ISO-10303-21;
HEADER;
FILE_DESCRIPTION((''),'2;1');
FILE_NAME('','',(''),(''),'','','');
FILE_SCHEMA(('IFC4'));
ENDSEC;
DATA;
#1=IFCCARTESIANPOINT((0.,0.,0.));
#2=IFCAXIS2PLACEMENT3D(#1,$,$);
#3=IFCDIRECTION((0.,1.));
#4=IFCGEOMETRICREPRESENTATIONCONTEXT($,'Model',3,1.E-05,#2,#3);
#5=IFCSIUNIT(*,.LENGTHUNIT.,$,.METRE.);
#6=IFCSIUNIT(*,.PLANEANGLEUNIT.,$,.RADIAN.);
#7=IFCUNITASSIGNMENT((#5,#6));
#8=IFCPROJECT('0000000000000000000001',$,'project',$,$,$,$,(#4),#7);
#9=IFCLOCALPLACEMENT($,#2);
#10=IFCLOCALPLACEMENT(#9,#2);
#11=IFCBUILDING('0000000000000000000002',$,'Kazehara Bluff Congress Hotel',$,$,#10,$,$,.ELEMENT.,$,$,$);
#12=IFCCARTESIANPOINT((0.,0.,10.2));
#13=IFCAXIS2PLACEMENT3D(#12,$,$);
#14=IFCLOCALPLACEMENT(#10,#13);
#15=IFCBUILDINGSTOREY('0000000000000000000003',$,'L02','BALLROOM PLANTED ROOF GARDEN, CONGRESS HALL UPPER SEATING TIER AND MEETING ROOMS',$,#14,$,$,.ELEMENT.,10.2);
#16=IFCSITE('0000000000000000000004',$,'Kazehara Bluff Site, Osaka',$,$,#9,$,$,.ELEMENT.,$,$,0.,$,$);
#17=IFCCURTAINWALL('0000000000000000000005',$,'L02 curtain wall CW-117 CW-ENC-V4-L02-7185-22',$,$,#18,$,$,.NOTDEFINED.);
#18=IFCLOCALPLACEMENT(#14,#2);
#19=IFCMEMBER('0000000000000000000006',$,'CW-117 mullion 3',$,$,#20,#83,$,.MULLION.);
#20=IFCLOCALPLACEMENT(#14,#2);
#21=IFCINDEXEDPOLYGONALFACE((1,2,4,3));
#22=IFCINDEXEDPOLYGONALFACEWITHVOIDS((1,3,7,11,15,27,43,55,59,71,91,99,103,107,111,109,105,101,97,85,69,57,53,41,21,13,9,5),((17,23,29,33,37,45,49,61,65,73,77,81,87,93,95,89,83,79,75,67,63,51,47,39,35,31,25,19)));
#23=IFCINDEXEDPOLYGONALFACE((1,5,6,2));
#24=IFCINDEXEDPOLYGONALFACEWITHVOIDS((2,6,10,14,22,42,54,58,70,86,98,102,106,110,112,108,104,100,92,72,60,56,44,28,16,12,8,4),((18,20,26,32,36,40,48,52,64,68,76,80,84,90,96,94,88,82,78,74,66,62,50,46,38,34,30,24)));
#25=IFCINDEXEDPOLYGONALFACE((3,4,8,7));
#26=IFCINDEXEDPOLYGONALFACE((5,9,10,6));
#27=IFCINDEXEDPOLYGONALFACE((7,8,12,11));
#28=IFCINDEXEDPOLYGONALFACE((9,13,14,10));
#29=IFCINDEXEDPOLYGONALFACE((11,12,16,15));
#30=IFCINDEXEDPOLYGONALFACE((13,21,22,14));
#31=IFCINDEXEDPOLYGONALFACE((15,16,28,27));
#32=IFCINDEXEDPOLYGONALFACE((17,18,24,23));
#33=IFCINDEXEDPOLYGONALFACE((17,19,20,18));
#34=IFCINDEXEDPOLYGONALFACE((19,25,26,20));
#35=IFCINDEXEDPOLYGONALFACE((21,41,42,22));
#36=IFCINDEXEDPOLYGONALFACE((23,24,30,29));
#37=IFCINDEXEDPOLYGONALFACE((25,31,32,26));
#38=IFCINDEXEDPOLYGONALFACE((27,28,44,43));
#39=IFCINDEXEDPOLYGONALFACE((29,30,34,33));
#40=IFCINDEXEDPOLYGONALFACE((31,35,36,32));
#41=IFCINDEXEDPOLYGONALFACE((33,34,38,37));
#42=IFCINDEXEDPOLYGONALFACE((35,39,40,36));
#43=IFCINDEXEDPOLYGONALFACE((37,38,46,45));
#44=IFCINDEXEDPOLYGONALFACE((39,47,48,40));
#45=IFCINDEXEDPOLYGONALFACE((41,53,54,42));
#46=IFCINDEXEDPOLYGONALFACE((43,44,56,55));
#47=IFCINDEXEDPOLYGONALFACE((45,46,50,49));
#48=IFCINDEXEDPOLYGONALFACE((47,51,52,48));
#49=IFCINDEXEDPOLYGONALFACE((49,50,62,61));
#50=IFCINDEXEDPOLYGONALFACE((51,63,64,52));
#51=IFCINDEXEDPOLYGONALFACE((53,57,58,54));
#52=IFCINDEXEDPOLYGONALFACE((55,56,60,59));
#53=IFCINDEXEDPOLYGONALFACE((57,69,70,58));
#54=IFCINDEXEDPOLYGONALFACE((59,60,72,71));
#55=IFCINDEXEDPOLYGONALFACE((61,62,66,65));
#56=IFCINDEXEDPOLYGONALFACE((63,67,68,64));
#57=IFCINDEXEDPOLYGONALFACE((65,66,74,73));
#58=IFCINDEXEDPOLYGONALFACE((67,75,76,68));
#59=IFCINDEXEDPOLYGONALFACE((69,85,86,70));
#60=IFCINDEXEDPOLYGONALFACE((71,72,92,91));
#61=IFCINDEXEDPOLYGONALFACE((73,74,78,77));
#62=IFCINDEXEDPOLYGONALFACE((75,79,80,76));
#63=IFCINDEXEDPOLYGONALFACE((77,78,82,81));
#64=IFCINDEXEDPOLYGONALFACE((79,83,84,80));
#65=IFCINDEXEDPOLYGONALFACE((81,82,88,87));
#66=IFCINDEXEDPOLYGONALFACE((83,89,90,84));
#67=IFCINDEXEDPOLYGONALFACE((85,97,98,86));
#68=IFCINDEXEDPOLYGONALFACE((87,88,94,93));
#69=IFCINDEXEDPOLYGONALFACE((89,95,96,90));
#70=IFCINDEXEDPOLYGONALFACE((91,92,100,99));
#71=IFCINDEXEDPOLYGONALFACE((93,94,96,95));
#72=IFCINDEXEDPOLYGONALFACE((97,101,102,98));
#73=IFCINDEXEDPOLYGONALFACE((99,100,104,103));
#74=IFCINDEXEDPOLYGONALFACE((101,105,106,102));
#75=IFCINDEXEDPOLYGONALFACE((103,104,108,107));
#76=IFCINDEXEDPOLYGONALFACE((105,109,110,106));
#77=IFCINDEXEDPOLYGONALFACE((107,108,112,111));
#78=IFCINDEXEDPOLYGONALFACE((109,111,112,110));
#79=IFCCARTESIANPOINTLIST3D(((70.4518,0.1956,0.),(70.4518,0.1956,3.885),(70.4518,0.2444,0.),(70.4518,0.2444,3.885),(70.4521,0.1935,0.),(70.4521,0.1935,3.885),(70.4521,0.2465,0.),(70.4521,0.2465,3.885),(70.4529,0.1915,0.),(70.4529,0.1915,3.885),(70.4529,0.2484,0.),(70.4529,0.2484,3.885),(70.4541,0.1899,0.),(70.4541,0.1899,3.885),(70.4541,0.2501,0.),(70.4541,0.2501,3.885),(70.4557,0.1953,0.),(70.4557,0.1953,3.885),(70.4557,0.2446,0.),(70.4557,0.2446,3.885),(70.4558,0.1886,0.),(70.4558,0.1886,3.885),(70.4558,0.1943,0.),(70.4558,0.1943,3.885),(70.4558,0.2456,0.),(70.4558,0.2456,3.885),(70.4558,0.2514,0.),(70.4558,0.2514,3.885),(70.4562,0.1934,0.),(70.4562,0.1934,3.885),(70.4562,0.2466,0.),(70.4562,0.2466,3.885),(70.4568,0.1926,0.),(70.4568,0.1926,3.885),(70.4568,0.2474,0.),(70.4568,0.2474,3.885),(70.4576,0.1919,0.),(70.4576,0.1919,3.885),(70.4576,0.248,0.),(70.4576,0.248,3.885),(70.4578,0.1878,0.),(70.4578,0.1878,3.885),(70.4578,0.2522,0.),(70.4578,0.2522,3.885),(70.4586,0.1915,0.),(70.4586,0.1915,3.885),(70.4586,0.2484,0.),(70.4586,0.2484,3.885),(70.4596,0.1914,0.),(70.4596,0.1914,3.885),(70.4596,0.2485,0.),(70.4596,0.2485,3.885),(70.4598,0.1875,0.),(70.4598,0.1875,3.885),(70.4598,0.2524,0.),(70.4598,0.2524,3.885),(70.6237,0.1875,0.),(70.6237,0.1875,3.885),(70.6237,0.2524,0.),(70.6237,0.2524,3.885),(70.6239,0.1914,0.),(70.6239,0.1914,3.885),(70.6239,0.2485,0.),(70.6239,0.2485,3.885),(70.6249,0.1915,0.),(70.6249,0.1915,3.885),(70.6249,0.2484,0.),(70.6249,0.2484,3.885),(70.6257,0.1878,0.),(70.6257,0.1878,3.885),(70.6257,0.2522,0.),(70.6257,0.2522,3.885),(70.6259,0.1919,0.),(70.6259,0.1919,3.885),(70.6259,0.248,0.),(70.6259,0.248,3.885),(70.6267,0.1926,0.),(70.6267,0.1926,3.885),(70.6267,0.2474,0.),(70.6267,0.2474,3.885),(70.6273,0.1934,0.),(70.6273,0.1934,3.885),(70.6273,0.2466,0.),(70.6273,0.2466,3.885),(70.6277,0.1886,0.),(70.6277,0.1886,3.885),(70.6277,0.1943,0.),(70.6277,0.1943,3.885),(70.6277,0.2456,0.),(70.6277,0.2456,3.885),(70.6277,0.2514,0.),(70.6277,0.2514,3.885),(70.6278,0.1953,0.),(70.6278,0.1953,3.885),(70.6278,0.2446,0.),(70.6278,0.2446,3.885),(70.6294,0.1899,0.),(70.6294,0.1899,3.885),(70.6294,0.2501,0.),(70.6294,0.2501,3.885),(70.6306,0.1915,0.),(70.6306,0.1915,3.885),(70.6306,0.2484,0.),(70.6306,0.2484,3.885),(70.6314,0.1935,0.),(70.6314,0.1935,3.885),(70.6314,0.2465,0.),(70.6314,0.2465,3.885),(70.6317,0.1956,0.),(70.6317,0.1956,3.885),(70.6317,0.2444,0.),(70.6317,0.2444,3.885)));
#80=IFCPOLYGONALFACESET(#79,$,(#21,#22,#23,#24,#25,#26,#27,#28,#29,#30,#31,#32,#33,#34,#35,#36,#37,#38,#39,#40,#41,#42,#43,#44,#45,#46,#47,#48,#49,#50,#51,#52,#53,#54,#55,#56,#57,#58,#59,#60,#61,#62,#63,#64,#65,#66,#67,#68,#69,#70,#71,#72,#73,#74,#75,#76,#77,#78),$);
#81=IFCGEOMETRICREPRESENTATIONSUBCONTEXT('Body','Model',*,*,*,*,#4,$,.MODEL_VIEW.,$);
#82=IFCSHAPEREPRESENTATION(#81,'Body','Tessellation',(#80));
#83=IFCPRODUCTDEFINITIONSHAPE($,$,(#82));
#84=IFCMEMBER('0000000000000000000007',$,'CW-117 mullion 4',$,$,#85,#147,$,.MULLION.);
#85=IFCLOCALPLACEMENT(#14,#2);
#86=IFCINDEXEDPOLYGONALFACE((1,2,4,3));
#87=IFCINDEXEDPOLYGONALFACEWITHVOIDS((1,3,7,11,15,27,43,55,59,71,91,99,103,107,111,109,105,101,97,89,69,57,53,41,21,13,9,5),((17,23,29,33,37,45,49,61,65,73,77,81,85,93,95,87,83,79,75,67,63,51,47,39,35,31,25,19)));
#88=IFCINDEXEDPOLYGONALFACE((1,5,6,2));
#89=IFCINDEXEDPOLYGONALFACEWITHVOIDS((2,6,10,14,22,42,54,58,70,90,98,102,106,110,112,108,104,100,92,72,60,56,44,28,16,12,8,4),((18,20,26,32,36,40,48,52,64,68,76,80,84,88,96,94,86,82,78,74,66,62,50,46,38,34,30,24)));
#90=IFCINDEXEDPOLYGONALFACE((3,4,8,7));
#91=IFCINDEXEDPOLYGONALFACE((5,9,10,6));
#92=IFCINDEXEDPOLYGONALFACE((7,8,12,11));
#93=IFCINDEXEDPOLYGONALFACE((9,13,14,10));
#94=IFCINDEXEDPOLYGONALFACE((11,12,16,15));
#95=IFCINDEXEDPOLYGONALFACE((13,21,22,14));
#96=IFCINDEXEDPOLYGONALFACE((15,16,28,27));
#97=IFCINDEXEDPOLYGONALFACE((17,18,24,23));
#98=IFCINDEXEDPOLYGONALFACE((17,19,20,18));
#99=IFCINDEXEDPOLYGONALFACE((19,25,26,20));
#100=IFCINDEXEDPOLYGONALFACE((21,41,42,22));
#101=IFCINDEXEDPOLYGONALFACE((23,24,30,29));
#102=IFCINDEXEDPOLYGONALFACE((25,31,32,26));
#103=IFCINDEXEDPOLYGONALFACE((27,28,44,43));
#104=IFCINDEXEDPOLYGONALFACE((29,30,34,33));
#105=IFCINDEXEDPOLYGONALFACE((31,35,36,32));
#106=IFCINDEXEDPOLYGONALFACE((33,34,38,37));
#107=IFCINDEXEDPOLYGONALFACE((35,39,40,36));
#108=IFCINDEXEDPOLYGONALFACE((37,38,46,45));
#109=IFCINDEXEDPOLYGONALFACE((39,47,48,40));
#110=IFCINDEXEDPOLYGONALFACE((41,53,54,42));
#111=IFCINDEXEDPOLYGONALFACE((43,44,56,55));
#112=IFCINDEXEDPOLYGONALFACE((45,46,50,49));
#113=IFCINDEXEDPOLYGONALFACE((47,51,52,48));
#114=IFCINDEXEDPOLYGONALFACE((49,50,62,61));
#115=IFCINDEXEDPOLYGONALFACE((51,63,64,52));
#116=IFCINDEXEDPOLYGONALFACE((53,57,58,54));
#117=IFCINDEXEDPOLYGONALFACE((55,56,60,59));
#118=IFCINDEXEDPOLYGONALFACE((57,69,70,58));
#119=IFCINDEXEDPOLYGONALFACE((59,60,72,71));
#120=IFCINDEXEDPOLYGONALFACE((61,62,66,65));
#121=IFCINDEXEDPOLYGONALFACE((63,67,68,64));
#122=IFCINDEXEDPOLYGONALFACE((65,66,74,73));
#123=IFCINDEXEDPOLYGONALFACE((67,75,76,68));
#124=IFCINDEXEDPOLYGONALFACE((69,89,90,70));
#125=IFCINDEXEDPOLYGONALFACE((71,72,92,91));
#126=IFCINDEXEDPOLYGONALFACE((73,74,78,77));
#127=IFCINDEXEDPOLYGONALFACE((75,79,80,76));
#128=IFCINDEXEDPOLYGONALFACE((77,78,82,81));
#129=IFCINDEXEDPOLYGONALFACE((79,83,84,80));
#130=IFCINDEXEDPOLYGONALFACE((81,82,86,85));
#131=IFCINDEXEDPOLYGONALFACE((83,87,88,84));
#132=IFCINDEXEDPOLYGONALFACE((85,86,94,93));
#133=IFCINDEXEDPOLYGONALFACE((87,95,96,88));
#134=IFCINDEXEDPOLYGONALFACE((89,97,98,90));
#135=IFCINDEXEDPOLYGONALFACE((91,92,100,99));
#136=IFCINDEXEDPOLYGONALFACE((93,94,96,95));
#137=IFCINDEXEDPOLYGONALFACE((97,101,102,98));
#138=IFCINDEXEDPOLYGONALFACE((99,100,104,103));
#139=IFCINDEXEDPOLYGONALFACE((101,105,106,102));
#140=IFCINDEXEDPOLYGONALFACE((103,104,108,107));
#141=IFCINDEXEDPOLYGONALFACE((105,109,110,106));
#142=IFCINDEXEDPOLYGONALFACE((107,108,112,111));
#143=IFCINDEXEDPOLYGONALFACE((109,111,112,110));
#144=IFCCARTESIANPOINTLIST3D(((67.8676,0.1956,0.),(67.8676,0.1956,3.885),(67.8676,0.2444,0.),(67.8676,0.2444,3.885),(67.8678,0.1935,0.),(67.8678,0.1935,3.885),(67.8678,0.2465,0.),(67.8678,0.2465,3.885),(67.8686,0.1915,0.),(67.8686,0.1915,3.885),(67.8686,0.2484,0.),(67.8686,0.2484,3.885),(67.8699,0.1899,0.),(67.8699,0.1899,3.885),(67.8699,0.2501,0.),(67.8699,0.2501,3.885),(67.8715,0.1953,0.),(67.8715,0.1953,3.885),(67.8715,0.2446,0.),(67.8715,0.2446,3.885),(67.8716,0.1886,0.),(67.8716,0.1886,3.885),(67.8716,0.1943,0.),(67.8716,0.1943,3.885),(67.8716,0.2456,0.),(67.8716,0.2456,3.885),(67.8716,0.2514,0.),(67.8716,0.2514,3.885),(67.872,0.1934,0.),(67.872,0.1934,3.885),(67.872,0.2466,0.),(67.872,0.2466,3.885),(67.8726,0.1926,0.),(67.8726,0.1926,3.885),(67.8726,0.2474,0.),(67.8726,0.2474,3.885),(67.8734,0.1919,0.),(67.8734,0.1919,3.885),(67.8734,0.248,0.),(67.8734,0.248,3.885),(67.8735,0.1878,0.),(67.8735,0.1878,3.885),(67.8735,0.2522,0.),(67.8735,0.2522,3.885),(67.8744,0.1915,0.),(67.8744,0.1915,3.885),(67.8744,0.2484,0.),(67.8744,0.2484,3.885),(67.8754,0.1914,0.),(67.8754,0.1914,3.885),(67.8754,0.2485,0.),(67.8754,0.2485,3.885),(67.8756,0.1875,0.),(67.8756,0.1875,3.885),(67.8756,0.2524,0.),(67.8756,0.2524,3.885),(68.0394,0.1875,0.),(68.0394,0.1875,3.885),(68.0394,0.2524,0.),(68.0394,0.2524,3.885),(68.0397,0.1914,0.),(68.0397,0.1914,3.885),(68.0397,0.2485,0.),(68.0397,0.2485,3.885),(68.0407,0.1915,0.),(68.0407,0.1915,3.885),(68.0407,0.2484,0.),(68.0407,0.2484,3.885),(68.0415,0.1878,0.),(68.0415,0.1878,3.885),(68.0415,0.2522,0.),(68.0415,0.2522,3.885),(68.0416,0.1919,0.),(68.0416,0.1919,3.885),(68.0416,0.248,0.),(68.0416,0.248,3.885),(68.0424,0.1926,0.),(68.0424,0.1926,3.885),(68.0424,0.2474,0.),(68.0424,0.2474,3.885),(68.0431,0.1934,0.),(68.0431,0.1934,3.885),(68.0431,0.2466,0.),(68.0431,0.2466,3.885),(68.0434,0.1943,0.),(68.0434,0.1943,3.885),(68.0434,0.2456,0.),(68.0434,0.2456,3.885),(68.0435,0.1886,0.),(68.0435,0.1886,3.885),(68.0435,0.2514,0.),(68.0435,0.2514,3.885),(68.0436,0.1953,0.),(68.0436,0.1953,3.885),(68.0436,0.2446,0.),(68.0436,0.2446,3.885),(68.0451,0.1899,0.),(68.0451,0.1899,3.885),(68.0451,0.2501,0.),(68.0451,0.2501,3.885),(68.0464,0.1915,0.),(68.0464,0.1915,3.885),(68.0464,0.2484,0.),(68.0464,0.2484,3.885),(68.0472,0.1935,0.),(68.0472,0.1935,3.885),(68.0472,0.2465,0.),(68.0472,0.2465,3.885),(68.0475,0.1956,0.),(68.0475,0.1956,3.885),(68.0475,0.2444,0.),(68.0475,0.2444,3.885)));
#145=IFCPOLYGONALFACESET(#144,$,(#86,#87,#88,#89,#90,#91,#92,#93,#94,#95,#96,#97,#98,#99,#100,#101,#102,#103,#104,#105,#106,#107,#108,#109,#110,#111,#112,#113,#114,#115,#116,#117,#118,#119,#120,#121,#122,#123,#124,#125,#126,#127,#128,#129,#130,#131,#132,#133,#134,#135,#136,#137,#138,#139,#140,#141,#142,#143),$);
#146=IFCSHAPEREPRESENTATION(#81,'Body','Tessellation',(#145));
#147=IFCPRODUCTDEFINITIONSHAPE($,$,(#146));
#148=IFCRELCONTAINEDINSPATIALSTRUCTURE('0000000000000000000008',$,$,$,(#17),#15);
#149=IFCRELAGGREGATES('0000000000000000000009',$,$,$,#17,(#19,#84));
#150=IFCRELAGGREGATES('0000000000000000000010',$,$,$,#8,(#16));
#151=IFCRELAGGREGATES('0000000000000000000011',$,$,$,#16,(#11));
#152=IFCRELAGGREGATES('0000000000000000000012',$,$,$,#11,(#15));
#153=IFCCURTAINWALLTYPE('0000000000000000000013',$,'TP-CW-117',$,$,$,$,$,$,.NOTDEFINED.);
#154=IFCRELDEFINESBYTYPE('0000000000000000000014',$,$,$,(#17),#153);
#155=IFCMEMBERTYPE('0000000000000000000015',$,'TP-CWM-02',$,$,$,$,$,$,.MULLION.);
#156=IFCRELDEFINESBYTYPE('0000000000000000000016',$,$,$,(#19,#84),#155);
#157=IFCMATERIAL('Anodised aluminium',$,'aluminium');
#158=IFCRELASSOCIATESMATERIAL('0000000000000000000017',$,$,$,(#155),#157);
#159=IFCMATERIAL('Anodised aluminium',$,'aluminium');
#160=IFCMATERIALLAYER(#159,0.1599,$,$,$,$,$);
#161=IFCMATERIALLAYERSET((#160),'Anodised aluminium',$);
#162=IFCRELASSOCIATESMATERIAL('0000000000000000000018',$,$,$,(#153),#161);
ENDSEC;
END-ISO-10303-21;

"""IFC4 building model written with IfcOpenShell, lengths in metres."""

from ifc_helpers import new_model, si_unit, direction, frame, origin, origin_2d, place, context, subcontext, project, spatial, hollow_rectangle, extrude, material, layer, layer_set, material_profile, profile_set, type_object, element, aggregate, save


model = new_model("IFC4")

# Units and contexts
model_context = context("Model", 3, precision=1e-05, world=origin(), true_north=direction((0.0, 1.0)))
body_context = subcontext(model_context, "Body", "Model", "MODEL_VIEW")
ifc_project = project(units=[si_unit("LENGTHUNIT", "METRE"), si_unit("PLANEANGLEUNIT", "RADIAN")], contexts=[model_context])

# Site, building, storey
site_placement = place(None, origin())
site = spatial("IfcSite", under=ifc_project, at=site_placement, Name="Kazehara Bluff Site, Osaka", CompositionType="ELEMENT", RefElevation=0.0)
building_placement = place(site_placement, origin())
building = spatial("IfcBuilding", under=site, at=building_placement, Name="Kazehara Bluff Congress Hotel", CompositionType="ELEMENT")
storey_placement = place(building_placement, frame((0.0, 0.0, 10.2)))
storey = spatial("IfcBuildingStorey", under=building, at=storey_placement, Name="L02", Description="BALLROOM PLANTED ROOF GARDEN, CONGRESS HALL UPPER SEATING TIER AND MEETING ROOMS", CompositionType="ELEMENT", Elevation=10.2)

# Curtain wall, members
ifc_material_1 = material(Name="Anodised aluminium", Category="aluminium")
ifc_material_profile_1 = material_profile(ifc_material_1, hollow_rectangle(XDim=0.0649, YDim=0.1799, WallThickness=0.0039, InnerFilletRadius=0.0039, OuterFilletRadius=0.0081, at=origin_2d()))
ifc_profile_set_1 = profile_set([ifc_material_profile_1], Name="Anodised aluminium")
member_type_1 = type_object("IfcMemberType", Name="TP-CWM-02", PredefinedType="MULLION", material=ifc_profile_set_1)
ifc_material_2 = material(Name="Anodised aluminium", Category="aluminium")
ifc_layer_1 = layer(ifc_material_2, 0.1599)
ifc_layer_set_1 = layer_set([ifc_layer_1], Name="Anodised aluminium")
curtain_wall_type_1 = type_object("IfcCurtainWallType", Name="TP-CW-117", PredefinedType="NOTDEFINED", material=ifc_layer_set_1)
curtain_wall_1_placement = place(storey_placement, origin())
curtain_wall_1 = element("IfcCurtainWall", 1, at=curtain_wall_1_placement, inside=storey, type_object=curtain_wall_type_1, Name="L02 curtain wall CW-117 CW-ENC-V4-L02-7185-22", PredefinedType="NOTDEFINED")
member_1_placement = place(storey_placement, frame((70.5417, 0.22, 0.0), z_axis=(0.0, 0.0, 1.0), x_axis=(0.0, -1.0, 0.0)))
member_1 = element("IfcMember", 2, at=member_1_placement, type_object=member_type_1, Name="CW-117 mullion 3", PredefinedType="MULLION", context=body_context, shape_type="SweptSolid", body=[
    extrude(hollow_rectangle(XDim=0.0649, YDim=0.1799, WallThickness=0.0039, InnerFilletRadius=0.0039, OuterFilletRadius=0.0081, at=origin_2d()), origin(), (0.0, 0.0, 1.0), 3.885),
])
member_2_placement = place(storey_placement, frame((67.9575, 0.22, 0.0), z_axis=(0.0, 0.0, 1.0), x_axis=(0.0, -1.0, 0.0)))
member_2 = element("IfcMember", 3, at=member_2_placement, type_object=member_type_1, Name="CW-117 mullion 4", PredefinedType="MULLION", context=body_context, shape_type="SweptSolid", body=[
    extrude(hollow_rectangle(XDim=0.0649, YDim=0.1799, WallThickness=0.0039, InnerFilletRadius=0.0039, OuterFilletRadius=0.0081, at=origin_2d()), origin(), (0.0, 0.0, 1.0), 3.885),
])

aggregate(curtain_wall_1, [member_1, member_2])

save(model, "model.ifc")
